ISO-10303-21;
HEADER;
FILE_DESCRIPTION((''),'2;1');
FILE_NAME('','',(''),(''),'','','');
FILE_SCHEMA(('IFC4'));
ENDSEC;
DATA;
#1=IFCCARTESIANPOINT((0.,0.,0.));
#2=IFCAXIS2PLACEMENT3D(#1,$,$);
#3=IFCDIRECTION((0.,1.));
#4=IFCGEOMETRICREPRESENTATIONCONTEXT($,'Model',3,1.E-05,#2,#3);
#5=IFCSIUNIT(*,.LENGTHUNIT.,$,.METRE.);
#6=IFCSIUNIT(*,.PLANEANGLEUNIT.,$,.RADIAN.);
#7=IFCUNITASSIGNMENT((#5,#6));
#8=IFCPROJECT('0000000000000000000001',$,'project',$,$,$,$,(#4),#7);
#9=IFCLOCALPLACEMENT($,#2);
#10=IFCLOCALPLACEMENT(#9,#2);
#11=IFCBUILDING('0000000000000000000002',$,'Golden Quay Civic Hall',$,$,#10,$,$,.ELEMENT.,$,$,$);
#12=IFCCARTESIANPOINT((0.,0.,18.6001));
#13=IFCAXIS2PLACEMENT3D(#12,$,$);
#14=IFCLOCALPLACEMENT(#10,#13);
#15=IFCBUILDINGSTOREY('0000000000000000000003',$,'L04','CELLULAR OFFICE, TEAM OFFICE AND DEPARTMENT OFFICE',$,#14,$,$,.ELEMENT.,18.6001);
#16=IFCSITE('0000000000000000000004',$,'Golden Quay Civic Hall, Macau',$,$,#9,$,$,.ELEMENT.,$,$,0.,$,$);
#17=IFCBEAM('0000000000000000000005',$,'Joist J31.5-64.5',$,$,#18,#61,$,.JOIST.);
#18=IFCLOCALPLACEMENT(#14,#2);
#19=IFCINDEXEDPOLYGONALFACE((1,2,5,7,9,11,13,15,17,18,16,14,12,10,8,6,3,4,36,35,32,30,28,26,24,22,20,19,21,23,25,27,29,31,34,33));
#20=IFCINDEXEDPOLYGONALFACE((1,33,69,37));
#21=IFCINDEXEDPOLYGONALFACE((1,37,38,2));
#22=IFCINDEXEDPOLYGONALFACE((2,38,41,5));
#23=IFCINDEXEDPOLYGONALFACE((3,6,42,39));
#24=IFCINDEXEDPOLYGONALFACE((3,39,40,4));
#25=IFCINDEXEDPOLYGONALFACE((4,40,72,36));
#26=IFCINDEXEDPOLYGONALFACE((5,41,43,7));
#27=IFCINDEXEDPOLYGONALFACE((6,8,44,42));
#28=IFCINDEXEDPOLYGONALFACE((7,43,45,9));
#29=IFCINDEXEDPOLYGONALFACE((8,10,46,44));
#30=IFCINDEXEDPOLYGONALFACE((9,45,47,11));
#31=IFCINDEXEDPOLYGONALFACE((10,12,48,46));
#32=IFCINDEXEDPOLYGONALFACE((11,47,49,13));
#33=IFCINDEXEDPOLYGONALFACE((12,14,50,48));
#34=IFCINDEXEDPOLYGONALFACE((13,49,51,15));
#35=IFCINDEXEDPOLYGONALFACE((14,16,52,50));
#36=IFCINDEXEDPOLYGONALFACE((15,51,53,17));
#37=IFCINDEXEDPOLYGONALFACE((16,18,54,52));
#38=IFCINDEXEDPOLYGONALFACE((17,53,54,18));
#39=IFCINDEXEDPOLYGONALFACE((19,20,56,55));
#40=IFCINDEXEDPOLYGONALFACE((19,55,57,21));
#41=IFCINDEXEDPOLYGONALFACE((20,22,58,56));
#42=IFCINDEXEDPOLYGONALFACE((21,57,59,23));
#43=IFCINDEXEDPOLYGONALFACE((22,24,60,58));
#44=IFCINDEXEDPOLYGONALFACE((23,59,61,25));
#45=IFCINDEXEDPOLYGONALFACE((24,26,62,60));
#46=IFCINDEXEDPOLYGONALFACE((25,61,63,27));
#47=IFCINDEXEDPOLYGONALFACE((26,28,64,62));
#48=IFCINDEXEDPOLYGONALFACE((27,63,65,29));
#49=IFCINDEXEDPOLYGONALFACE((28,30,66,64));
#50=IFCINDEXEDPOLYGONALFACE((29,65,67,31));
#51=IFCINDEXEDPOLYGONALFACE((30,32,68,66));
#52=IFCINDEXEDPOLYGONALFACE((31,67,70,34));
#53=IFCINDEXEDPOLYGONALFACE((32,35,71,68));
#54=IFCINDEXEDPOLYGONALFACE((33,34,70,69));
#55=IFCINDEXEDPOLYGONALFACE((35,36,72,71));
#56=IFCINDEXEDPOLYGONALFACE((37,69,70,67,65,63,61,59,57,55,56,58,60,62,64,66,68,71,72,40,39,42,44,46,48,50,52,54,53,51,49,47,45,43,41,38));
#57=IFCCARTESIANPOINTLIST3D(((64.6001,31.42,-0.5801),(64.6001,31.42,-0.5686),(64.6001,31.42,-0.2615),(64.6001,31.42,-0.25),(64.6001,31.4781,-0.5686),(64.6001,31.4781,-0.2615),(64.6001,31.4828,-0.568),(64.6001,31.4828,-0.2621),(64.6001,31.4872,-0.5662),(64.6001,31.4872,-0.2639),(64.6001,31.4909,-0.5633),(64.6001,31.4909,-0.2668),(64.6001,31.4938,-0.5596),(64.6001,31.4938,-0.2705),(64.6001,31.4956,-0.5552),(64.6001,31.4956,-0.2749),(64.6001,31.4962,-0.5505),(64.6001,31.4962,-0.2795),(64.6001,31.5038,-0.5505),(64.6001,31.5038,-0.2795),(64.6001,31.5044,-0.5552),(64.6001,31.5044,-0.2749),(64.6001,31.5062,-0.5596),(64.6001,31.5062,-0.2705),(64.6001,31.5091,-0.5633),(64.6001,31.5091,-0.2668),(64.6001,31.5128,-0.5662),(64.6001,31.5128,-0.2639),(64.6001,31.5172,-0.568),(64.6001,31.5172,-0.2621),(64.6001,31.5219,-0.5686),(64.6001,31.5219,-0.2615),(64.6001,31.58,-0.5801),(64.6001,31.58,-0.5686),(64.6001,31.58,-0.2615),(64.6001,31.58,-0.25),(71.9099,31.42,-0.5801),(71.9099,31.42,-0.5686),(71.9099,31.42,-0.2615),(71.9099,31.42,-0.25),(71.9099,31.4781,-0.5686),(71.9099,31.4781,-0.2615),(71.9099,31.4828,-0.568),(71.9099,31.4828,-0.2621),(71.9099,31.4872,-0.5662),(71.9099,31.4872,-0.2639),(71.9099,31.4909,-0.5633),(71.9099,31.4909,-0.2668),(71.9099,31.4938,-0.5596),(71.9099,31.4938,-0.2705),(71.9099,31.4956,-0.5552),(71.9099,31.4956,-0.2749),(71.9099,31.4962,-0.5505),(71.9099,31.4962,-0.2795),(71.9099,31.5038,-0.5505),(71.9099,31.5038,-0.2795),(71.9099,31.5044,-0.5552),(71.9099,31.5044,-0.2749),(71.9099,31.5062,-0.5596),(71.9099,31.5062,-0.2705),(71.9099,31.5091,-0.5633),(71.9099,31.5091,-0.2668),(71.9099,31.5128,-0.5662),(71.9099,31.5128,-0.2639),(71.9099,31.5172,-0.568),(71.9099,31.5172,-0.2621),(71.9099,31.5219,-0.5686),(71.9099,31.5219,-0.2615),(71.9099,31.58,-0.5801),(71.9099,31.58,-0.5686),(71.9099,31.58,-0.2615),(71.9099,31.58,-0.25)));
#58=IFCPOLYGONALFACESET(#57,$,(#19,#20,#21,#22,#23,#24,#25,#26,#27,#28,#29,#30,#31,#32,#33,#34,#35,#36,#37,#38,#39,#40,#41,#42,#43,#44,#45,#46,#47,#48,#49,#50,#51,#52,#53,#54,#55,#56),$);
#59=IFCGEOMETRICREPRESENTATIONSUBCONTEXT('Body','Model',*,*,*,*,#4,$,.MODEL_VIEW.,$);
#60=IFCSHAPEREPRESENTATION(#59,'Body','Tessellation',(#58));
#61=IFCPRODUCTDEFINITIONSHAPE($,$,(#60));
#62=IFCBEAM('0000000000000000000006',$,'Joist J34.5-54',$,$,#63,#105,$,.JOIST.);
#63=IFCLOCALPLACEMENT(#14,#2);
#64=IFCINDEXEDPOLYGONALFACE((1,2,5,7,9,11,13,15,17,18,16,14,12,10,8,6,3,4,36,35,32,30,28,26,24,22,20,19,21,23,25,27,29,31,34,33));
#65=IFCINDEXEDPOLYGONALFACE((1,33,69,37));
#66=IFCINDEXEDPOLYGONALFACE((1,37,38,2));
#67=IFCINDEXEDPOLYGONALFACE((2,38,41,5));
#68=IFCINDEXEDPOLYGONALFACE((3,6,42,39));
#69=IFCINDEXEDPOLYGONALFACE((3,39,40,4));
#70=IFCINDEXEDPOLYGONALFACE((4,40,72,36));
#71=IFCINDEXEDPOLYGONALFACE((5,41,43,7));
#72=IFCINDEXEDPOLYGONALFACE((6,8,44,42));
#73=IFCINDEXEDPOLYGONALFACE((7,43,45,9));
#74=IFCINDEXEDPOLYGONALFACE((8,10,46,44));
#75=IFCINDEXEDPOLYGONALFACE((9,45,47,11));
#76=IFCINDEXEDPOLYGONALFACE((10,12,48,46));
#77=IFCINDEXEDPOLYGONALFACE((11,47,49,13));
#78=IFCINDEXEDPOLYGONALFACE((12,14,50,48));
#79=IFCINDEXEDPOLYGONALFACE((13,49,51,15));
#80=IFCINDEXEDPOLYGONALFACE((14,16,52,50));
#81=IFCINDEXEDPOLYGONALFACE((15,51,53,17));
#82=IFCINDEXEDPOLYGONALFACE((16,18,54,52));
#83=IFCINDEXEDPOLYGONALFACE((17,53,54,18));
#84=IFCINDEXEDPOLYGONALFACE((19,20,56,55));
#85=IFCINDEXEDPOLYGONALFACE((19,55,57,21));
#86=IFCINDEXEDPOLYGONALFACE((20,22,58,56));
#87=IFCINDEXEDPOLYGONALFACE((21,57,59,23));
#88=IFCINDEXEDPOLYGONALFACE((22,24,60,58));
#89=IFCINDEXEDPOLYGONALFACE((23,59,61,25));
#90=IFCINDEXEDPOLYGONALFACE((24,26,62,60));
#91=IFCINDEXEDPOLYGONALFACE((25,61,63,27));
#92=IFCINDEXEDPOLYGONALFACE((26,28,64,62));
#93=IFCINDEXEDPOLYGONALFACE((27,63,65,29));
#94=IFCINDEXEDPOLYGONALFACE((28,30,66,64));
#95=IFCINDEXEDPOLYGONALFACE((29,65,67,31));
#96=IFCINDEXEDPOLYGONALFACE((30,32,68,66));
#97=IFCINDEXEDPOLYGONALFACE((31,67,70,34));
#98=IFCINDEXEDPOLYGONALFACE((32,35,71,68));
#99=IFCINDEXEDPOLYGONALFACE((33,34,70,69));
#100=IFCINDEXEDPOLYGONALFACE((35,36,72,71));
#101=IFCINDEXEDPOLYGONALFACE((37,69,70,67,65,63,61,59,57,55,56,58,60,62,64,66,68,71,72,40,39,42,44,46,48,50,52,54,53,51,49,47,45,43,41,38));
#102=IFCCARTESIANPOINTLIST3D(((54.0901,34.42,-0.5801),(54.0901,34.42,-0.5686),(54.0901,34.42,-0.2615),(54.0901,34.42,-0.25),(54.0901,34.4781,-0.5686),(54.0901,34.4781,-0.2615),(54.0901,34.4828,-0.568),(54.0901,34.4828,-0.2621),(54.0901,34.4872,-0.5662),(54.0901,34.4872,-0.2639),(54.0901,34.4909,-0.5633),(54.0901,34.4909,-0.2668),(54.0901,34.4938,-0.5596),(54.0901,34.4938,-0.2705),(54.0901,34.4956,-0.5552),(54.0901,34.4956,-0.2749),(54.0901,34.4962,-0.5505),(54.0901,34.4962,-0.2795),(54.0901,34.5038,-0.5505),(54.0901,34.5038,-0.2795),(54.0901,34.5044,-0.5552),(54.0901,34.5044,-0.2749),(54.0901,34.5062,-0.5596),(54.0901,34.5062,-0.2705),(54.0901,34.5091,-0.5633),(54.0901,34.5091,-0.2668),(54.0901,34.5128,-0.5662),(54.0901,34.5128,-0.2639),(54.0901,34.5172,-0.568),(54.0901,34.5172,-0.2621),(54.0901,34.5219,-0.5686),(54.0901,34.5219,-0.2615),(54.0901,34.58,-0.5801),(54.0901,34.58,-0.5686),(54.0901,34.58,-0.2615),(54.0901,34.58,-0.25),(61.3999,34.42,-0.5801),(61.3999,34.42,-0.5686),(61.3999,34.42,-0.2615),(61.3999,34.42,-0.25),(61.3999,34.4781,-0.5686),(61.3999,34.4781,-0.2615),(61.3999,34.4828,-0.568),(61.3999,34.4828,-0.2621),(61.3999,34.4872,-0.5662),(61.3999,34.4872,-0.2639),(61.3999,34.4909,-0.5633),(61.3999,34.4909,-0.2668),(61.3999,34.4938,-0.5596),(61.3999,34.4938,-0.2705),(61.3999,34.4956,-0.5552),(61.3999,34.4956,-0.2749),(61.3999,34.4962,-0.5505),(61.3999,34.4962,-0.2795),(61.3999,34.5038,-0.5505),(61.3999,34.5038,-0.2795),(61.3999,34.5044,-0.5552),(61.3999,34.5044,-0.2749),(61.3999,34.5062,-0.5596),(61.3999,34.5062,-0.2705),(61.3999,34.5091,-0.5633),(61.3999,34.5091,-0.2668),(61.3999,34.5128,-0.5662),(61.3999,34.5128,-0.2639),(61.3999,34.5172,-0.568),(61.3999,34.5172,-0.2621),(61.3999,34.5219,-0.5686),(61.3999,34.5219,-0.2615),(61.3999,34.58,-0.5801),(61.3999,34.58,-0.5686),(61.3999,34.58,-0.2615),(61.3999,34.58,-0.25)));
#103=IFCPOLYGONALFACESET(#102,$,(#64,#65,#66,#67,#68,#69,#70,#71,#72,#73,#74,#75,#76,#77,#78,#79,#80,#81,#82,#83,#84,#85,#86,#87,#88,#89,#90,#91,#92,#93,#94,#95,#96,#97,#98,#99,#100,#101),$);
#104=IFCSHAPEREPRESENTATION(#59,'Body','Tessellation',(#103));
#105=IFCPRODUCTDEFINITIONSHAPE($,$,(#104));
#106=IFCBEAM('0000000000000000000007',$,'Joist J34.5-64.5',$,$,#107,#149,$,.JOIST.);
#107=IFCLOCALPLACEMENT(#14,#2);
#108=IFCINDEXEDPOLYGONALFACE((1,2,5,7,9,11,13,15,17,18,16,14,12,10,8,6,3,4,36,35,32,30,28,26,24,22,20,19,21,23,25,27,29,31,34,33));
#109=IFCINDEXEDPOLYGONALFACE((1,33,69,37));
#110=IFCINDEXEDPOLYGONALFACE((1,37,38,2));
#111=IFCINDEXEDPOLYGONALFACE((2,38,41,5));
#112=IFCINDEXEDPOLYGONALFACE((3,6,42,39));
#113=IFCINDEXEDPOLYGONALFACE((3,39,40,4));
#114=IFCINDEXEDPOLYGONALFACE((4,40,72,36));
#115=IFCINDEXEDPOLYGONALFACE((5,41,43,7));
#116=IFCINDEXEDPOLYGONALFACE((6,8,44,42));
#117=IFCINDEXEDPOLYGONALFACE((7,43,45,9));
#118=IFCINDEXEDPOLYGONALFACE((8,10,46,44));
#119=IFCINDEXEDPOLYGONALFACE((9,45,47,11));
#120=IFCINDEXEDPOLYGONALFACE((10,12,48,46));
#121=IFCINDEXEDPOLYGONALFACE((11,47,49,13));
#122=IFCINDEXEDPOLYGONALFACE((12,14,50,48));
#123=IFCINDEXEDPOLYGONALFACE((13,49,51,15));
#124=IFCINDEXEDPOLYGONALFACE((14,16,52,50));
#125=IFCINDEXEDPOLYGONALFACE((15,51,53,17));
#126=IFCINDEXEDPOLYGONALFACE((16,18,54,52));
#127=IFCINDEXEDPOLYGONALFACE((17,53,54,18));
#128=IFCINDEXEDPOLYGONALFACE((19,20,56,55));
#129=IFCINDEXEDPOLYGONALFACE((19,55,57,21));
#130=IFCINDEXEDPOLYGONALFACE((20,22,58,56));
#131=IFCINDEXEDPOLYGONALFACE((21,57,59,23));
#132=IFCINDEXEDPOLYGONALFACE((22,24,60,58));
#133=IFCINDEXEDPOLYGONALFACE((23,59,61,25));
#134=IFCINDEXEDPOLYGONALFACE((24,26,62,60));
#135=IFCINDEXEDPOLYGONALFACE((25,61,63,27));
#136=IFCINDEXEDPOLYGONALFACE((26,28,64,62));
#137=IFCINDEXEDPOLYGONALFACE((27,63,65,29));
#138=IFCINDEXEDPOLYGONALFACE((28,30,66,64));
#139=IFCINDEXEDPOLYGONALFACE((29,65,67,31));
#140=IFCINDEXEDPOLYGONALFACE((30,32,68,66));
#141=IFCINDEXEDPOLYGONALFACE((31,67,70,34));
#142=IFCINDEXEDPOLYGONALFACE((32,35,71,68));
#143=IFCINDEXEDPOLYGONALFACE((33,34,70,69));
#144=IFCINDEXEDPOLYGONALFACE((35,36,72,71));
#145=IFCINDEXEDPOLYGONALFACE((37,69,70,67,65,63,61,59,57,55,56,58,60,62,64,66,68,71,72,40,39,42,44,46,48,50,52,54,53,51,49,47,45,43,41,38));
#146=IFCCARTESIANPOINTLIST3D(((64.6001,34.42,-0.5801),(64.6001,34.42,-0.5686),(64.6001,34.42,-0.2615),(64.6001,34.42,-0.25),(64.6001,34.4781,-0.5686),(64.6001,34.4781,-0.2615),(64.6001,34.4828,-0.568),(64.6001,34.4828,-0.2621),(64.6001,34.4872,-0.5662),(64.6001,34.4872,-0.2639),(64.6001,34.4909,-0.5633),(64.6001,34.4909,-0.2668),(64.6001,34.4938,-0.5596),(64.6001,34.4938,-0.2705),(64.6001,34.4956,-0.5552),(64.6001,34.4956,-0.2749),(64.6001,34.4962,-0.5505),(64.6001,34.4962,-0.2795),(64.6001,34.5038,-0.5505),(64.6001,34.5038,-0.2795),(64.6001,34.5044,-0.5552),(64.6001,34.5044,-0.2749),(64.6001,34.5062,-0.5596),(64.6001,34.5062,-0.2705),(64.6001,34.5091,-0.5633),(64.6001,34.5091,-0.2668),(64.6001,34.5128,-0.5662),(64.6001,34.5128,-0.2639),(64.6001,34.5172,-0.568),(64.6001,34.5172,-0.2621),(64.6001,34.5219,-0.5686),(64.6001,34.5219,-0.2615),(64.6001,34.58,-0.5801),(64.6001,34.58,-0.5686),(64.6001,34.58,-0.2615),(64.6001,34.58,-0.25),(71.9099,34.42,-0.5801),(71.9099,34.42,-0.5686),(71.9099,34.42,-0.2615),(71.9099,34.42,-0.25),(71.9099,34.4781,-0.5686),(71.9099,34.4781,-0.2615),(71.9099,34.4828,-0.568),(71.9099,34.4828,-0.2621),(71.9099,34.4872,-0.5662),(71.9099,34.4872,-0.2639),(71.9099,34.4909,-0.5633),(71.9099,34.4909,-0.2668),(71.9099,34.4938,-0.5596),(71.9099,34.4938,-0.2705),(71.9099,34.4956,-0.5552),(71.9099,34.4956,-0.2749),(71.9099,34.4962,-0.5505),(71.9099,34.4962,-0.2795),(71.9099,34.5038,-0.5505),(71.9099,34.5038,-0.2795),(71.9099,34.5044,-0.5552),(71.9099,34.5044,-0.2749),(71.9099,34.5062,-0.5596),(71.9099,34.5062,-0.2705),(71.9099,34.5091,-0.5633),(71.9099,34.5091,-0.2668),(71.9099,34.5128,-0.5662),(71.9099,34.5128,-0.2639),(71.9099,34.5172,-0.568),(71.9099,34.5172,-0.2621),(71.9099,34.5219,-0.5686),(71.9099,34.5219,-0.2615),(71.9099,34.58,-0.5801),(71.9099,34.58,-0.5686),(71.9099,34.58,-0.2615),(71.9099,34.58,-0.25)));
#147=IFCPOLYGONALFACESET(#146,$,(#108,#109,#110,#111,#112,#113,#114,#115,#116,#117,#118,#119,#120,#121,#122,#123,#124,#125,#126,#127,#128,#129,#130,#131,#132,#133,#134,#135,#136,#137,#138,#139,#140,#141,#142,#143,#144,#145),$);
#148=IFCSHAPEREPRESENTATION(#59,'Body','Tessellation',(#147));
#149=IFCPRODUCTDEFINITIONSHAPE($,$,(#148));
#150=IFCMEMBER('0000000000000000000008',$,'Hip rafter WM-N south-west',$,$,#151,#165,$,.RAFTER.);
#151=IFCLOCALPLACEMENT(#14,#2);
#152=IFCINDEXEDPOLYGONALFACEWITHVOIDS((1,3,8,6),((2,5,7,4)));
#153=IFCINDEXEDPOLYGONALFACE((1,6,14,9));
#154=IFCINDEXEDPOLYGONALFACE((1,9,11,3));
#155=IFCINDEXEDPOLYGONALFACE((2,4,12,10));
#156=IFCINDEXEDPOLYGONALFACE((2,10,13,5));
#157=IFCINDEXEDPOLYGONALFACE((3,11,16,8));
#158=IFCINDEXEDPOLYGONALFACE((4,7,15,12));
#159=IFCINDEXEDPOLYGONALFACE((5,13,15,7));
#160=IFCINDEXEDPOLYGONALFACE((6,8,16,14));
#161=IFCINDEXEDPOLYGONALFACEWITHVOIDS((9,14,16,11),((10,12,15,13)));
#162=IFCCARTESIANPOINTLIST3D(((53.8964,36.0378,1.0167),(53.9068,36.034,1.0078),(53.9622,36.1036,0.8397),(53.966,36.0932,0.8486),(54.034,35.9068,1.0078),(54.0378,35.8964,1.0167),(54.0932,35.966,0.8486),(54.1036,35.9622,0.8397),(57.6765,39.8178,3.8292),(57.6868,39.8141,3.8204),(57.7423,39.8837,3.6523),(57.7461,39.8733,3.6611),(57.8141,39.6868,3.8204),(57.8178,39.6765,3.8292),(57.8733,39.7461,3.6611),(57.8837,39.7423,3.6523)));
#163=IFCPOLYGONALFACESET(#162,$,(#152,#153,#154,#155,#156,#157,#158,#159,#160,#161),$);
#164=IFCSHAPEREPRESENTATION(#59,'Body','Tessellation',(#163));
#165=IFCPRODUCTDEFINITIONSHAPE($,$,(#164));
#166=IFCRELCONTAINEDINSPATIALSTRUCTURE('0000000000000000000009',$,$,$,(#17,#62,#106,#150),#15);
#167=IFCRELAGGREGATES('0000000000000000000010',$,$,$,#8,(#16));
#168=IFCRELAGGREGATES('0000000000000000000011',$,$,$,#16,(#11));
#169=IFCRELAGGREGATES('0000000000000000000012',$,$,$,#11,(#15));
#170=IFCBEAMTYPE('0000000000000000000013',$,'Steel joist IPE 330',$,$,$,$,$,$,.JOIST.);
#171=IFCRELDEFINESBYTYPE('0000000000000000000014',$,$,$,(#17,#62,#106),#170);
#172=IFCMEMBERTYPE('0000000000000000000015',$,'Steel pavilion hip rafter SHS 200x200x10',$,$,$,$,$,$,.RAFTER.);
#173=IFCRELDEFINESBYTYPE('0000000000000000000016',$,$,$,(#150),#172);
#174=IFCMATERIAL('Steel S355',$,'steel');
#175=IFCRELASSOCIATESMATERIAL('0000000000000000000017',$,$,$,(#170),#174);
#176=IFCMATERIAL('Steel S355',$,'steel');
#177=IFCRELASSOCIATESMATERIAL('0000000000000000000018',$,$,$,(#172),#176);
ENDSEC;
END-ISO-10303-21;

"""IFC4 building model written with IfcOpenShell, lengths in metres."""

from ifc_helpers import new_model, si_unit, direction, frame, origin, origin_2d, place, context, subcontext, project, spatial, hollow_rectangle, i_section, extrude, material, material_profile, profile_set, type_object, element, save


model = new_model("IFC4")

# Units and contexts
model_context = context("Model", 3, precision=1e-05, world=origin(), true_north=direction((0.0, 1.0)))
body_context = subcontext(model_context, "Body", "Model", "MODEL_VIEW")
ifc_project = project(units=[si_unit("LENGTHUNIT", "METRE"), si_unit("PLANEANGLEUNIT", "RADIAN")], contexts=[model_context])

# Site, building, storey
site_placement = place(None, origin())
site = spatial("IfcSite", under=ifc_project, at=site_placement, Name="Golden Quay Civic Hall, Macau", CompositionType="ELEMENT", RefElevation=0.0)
building_placement = place(site_placement, origin())
building = spatial("IfcBuilding", under=site, at=building_placement, Name="Golden Quay Civic Hall", CompositionType="ELEMENT")
storey_placement = place(building_placement, frame((0.0, 0.0, 18.6001)))
storey = spatial("IfcBuildingStorey", under=building, at=storey_placement, Name="L04", Description="CELLULAR OFFICE, TEAM OFFICE AND DEPARTMENT OFFICE", CompositionType="ELEMENT", Elevation=18.6001)

# Beams
ifc_material_1 = material(Name="Steel S355", Category="steel")
ifc_material_profile_1 = material_profile(ifc_material_1, i_section(OverallWidth=0.1599, OverallDepth=0.3301, WebThickness=0.0076, FlangeThickness=0.0115, FilletRadius=0.0181, at=origin_2d()), Name="IPE 330")
ifc_profile_set_1 = profile_set([ifc_material_profile_1], Name="Steel S355")
beam_type_1 = type_object("IfcBeamType", Name="Steel joist IPE 330", PredefinedType="JOIST", material=ifc_profile_set_1)
for number, where, z_axis, x_axis, name in (
    (1, (64.6001, 31.5, -0.415), (1.0, 0.0, 0.0), (0.0, 1.0, 0.0), "Joist J31.5-64.5"),
    (2, (54.0901, 34.5, -0.415), (1.0, 0.0, 0.0), (0.0, 1.0, 0.0), "Joist J34.5-54"),
    (3, (64.6001, 34.5, -0.415), (1.0, 0.0, 0.0), (0.0, 1.0, 0.0), "Joist J34.5-64.5"),
):
    element("IfcBeam", number, at=place(storey_placement, frame(where, z_axis=z_axis, x_axis=x_axis)), inside=storey, type_object=beam_type_1, Name=name, PredefinedType="JOIST", context=body_context, shape_type="SweptSolid", body=[
        extrude(i_section(OverallWidth=0.1599, OverallDepth=0.3301, WebThickness=0.0076, FlangeThickness=0.0115, FilletRadius=0.0181, at=origin_2d()), origin(), (0.0, 0.0, 1.0), 7.3098),
    ])

# Member
ifc_material_2 = material(Name="Steel S355", Category="steel")
ifc_material_profile_2 = material_profile(ifc_material_2, hollow_rectangle(XDim=0.2, YDim=0.2, WallThickness=0.01, at=origin_2d()), Name="SHS 200x200x10")
ifc_profile_set_2 = profile_set([ifc_material_profile_2], Name="Steel S355")
member_type = type_object("IfcMemberType", Name="Steel pavilion hip rafter SHS 200x200x10", PredefinedType="RAFTER", material=ifc_profile_set_2)
member_placement = place(storey_placement, frame((54.0, 36.0, 0.9282), z_axis=(0.625783, 0.625783, 0.465609), x_axis=(-0.707107, 0.707107, 0.0)))
element("IfcMember", 4, at=member_placement, inside=storey, type_object=member_type, Name="Hip rafter WM-N south-west", PredefinedType="RAFTER", context=body_context, shape_type="SweptSolid", body=[
    extrude(hollow_rectangle(XDim=0.2, YDim=0.2, WallThickness=0.01, at=origin_2d()), origin(), (0.0, 0.0, 1.0), 6.0405),
])

save(model, "model.ifc")
